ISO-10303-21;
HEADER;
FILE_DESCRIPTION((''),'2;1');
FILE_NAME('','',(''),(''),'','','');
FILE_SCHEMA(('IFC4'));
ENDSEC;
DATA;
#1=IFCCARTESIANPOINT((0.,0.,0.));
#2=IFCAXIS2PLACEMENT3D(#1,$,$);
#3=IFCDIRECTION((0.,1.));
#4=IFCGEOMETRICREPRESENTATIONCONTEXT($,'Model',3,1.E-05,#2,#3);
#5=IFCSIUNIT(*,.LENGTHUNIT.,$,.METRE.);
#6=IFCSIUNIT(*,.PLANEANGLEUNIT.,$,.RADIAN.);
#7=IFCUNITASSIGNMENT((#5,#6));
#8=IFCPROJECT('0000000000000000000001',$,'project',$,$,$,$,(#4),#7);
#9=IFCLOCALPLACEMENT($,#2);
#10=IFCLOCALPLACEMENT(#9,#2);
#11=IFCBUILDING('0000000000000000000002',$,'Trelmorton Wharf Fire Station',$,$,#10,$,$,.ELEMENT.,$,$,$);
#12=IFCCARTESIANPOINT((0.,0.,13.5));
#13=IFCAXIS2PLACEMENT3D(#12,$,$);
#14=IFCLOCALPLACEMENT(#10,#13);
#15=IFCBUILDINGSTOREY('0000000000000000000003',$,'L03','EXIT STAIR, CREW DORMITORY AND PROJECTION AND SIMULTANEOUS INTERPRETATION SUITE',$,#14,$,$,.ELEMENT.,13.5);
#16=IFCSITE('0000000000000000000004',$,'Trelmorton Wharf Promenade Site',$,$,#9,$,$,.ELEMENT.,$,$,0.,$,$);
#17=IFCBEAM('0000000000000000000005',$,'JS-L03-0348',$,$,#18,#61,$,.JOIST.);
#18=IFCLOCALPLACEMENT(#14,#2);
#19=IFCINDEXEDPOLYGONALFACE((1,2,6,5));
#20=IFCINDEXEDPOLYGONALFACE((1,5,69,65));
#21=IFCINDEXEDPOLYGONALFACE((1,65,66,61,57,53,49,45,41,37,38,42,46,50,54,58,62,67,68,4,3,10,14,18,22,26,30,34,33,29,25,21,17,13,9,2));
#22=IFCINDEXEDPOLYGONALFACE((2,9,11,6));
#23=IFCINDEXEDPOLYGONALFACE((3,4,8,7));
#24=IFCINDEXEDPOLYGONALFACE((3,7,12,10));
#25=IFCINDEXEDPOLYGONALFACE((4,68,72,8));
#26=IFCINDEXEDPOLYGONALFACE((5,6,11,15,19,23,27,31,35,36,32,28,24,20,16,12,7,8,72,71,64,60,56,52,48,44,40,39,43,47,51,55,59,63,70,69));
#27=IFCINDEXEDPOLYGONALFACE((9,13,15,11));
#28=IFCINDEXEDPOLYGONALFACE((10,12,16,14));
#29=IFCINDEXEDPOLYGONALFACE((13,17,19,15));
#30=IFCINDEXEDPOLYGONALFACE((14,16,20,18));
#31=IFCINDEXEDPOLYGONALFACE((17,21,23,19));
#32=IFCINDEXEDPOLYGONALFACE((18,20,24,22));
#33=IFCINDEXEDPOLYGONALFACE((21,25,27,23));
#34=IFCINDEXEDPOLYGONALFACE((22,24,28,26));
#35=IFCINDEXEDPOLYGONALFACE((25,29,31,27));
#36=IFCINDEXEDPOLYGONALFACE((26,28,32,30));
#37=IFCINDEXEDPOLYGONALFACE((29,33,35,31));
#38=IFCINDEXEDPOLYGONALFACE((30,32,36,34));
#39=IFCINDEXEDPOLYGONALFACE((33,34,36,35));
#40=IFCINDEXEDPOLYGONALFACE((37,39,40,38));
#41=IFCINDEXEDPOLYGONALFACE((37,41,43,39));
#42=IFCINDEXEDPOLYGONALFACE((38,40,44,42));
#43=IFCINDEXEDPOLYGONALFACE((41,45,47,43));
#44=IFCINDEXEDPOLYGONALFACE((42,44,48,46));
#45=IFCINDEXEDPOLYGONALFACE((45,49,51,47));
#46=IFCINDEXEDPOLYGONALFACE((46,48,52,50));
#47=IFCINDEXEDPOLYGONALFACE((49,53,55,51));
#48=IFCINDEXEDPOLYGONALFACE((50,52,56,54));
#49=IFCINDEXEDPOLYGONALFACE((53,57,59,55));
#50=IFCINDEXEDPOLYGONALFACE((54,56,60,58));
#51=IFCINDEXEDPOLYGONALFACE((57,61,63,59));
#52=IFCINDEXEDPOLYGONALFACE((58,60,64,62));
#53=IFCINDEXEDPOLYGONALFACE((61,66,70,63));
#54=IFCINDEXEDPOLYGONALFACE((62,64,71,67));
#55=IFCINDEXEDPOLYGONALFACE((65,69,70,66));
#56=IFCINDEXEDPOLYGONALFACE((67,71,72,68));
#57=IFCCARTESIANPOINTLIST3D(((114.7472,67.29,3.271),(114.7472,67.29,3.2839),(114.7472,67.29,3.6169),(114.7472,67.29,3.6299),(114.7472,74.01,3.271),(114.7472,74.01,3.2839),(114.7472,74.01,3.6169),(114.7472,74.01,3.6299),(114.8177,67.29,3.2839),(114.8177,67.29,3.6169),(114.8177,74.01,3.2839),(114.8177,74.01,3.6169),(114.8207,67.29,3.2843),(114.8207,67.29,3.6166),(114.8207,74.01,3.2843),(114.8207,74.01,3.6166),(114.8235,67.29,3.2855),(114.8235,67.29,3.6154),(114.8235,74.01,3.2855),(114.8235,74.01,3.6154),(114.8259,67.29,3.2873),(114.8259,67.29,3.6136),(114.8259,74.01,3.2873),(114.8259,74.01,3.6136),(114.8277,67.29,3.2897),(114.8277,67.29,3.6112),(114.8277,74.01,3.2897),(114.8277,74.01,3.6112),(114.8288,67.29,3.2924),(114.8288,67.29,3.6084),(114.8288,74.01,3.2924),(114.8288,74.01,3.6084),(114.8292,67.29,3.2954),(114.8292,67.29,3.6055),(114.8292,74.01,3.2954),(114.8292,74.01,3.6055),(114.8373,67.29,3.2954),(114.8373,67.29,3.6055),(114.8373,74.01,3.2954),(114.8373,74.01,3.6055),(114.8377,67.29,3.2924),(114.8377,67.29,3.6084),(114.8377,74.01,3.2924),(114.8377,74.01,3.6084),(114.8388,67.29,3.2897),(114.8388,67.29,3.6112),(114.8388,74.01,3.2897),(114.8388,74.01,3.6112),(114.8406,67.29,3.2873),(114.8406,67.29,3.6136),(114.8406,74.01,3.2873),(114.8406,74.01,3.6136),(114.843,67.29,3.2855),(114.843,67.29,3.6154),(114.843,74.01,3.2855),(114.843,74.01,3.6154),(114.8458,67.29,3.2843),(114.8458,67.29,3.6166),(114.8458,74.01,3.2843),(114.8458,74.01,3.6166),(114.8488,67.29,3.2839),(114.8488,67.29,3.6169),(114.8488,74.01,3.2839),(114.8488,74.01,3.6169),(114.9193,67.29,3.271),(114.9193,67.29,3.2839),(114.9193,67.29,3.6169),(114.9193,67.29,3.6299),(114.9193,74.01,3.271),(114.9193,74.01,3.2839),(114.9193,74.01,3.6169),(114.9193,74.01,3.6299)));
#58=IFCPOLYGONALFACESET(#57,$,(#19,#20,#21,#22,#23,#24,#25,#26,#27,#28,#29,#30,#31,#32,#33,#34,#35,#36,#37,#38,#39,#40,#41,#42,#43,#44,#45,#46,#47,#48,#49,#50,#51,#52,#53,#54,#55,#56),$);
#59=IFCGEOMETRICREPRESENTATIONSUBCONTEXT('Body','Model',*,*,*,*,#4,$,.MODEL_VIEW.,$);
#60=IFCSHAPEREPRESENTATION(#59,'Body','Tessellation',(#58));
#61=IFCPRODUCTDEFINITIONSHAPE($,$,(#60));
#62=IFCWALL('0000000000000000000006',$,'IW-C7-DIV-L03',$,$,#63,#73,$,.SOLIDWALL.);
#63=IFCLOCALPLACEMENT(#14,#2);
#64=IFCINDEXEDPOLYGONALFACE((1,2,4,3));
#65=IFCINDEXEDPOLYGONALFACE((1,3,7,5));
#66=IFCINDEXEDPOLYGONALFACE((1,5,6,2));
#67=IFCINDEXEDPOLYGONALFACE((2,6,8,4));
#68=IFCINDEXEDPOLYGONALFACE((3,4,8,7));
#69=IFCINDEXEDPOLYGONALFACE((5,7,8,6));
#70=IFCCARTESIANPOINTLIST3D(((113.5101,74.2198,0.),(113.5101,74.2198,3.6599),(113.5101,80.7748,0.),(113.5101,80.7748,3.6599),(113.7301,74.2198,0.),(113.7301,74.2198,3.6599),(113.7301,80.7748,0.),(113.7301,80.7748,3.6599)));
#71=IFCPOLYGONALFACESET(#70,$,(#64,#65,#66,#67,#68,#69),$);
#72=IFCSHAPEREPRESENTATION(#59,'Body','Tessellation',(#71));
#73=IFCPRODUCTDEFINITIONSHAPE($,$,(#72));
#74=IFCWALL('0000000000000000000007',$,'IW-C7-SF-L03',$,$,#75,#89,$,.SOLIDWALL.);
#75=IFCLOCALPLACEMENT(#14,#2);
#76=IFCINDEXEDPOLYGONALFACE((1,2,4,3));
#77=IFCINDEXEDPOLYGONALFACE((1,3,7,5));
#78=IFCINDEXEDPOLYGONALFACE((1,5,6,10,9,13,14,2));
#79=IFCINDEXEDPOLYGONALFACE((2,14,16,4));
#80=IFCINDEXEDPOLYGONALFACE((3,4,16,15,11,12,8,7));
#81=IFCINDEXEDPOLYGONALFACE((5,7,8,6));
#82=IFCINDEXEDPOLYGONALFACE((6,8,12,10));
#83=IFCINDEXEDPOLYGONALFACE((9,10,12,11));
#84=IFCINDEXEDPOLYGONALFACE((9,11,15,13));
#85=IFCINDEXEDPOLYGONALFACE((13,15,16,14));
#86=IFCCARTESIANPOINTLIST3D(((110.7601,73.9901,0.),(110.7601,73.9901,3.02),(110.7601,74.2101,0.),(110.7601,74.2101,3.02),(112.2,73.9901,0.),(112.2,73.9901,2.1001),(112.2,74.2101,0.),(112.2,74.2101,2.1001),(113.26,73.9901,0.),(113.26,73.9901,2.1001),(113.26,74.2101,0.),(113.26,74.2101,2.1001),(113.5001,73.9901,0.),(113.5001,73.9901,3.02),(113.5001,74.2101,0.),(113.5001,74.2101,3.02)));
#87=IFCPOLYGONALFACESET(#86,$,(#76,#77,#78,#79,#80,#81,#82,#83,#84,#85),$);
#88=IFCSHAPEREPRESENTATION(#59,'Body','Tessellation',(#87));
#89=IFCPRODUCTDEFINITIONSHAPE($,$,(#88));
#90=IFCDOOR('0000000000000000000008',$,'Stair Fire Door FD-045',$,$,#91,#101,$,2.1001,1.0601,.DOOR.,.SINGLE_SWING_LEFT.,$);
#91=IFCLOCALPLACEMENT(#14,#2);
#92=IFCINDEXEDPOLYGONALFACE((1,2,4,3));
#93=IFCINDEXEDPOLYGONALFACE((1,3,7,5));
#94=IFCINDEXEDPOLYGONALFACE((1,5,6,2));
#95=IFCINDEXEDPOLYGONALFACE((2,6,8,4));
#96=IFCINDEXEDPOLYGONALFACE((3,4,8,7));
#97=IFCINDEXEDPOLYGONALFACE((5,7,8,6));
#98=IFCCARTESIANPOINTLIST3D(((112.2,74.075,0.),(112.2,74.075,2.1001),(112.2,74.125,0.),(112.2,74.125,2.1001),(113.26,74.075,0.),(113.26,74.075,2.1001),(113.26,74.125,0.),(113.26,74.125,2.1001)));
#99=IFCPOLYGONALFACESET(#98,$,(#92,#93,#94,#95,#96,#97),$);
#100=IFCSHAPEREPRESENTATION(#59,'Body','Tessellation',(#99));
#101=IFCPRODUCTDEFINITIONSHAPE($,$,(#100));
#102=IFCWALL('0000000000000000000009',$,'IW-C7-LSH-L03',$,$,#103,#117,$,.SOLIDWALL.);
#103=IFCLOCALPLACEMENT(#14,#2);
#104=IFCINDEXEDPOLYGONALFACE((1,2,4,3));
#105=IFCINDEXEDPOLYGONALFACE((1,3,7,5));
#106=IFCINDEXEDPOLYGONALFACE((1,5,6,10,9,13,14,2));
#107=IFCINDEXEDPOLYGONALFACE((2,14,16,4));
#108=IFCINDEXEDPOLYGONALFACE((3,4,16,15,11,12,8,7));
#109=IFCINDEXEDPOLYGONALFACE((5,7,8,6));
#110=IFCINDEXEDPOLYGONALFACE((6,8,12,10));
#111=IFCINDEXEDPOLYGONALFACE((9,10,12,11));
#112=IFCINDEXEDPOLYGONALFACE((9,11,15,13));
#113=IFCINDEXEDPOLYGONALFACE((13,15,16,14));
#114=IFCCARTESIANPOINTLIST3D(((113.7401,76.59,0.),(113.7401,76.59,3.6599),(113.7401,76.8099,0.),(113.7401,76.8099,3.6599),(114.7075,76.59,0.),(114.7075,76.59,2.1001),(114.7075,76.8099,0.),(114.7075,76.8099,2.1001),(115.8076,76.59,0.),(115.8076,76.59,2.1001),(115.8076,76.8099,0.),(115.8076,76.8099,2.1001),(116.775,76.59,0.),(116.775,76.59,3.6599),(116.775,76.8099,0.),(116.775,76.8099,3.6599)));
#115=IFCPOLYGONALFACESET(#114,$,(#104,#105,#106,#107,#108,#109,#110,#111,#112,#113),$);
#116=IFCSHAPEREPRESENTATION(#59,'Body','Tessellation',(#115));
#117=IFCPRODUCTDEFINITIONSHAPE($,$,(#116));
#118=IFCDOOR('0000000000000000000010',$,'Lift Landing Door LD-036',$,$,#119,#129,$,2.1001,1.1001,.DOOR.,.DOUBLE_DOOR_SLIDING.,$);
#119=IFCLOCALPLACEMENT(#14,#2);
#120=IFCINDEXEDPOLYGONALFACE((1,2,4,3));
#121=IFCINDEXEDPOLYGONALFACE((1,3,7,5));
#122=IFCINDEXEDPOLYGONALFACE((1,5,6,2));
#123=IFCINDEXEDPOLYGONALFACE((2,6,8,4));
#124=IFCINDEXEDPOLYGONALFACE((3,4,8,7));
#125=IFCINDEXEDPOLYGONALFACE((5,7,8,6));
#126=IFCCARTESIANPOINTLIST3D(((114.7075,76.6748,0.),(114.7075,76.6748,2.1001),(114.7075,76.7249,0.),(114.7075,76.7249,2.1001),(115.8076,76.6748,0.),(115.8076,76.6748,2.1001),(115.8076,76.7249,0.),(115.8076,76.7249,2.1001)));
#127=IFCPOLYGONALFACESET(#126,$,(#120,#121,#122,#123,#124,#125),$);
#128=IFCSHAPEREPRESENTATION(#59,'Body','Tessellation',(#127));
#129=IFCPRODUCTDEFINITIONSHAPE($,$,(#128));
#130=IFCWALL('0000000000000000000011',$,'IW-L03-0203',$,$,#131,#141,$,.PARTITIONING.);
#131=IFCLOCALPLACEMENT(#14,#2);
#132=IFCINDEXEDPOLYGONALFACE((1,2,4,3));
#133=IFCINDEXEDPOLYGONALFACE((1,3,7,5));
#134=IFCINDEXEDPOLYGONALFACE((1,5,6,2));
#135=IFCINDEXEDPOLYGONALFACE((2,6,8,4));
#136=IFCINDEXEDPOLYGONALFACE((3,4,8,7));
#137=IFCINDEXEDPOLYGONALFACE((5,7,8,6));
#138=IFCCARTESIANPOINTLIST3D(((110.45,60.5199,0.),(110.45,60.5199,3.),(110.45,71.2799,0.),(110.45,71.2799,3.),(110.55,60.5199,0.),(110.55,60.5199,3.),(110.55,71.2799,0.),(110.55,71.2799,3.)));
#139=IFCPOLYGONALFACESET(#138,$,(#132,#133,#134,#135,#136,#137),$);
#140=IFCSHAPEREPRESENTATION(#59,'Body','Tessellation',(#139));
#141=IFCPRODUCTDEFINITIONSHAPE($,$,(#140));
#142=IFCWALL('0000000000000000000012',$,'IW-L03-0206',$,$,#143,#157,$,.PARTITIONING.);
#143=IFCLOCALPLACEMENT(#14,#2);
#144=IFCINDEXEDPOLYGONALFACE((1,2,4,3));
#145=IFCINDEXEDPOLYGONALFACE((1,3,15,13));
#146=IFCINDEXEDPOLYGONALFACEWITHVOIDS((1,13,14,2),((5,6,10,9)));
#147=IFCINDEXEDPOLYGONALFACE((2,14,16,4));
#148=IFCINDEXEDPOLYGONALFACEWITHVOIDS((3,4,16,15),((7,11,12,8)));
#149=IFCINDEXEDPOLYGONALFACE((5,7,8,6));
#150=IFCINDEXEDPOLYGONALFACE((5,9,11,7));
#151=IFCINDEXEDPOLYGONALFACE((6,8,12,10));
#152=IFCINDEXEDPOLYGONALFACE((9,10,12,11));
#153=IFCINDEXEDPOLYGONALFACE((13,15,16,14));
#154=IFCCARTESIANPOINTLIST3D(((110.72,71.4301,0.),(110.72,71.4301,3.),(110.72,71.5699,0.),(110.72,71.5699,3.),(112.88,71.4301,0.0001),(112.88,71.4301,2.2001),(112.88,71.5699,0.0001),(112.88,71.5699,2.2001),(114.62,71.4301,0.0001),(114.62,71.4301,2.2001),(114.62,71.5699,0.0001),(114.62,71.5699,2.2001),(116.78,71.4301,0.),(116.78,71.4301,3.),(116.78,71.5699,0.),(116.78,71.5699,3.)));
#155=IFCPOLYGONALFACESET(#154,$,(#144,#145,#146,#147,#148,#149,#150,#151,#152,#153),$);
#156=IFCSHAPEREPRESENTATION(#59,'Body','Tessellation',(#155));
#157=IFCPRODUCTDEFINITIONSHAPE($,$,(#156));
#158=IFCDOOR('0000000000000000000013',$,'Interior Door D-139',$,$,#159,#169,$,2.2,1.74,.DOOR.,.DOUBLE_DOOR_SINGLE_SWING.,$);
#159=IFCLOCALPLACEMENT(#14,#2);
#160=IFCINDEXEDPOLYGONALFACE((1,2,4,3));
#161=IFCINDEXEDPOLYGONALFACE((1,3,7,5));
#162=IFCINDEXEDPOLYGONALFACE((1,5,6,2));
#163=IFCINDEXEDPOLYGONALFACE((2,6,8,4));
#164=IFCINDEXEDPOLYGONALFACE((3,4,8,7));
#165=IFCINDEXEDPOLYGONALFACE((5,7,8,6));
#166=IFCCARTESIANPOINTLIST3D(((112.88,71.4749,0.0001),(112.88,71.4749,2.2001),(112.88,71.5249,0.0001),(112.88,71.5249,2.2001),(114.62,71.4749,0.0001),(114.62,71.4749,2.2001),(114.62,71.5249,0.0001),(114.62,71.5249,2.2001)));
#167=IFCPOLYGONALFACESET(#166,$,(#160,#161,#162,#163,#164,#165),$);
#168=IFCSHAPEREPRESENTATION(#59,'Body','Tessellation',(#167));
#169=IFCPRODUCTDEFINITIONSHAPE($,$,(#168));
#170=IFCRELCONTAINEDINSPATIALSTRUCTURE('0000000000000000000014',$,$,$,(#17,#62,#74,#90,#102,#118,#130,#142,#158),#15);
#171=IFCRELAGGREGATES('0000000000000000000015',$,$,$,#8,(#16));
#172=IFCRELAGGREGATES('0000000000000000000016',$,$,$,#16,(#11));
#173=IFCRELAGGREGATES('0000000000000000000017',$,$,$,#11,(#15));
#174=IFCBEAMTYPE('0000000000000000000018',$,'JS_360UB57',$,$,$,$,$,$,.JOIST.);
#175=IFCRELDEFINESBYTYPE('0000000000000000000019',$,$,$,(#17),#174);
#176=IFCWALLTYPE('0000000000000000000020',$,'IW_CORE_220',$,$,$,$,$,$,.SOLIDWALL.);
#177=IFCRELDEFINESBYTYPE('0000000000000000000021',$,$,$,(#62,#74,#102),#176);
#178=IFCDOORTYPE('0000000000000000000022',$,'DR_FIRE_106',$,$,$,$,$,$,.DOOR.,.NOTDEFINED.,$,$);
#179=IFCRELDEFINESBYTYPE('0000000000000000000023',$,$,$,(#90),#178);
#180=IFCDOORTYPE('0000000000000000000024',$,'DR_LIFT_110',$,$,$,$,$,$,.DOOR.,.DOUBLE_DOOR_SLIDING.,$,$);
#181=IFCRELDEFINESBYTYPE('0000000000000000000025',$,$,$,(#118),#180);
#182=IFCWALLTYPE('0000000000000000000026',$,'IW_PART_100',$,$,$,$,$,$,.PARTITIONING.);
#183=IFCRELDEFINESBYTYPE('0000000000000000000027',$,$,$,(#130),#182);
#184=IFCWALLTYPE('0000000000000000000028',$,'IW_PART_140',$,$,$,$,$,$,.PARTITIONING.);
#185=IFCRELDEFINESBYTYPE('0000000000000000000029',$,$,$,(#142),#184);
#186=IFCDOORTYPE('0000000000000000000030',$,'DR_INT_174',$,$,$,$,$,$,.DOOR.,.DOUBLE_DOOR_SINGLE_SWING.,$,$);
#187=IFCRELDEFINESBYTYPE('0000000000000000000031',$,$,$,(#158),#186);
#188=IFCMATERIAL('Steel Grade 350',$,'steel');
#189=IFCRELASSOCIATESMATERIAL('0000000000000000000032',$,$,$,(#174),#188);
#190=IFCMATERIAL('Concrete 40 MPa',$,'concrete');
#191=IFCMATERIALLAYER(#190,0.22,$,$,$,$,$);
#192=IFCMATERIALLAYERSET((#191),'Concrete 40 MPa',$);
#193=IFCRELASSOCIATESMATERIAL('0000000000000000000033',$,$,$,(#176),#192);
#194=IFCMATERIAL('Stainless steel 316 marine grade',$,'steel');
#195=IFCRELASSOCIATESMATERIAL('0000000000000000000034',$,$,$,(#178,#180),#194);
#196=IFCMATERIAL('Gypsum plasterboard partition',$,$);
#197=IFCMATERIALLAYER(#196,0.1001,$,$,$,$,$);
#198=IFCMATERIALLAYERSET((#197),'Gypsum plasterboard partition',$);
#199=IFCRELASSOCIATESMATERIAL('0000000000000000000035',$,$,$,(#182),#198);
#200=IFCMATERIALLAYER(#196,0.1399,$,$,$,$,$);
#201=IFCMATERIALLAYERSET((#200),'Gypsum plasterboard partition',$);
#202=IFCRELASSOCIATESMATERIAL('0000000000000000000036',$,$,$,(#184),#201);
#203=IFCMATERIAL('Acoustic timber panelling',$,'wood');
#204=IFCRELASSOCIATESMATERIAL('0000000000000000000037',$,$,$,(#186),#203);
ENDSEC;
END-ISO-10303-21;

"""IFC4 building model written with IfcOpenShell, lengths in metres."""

from ifc_helpers import new_model, si_unit, direction, frame, frame_2d, origin, origin_2d, place, context, subcontext, project, spatial, rectangle, i_section, extrude, material, layer, layer_set, material_profile, profile_set, type_object, element, fill, save


model = new_model("IFC4")

# Units and contexts
model_context = context("Model", 3, precision=1e-05, world=origin(), true_north=direction((0.0, 1.0)))
body_context = subcontext(model_context, "Body", "Model", "MODEL_VIEW")
ifc_project = project(units=[si_unit("LENGTHUNIT", "METRE"), si_unit("PLANEANGLEUNIT", "RADIAN")], contexts=[model_context])

# Site, building, storey
site_placement = place(None, origin())
site = spatial("IfcSite", under=ifc_project, at=site_placement, Name="Trelmorton Wharf Promenade Site", CompositionType="ELEMENT", RefElevation=0.0)
building_placement = place(site_placement, origin())
building = spatial("IfcBuilding", under=site, at=building_placement, Name="Trelmorton Wharf Fire Station", CompositionType="ELEMENT")
storey_placement = place(building_placement, frame((0.0, 0.0, 13.5)))
storey = spatial("IfcBuildingStorey", under=building, at=storey_placement, Name="L03", Description="EXIT STAIR, CREW DORMITORY AND PROJECTION AND SIMULTANEOUS INTERPRETATION SUITE", CompositionType="ELEMENT", Elevation=13.5)

# Shared definitions
ifc_material_1 = material(Name="Steel Grade 350", Category="steel")

# Beam
ifc_material_profile_1 = material_profile(ifc_material_1, i_section(OverallWidth=0.1721, OverallDepth=0.3589, WebThickness=0.0081, FlangeThickness=0.0129, FilletRadius=0.0115, at=origin_2d()), Name="360UB56.7")
ifc_profile_set_1 = profile_set([ifc_material_profile_1], Name="Steel Grade 350")
beam_type_1 = type_object("IfcBeamType", Name="JS_360UB57", PredefinedType="JOIST", material=ifc_profile_set_1)
for number, where, z_axis, x_axis, name in (
    (1, (114.8333, 67.29, 3.4504), (0.0, 1.0, 0.0), (-1.0, 0.0, 0.0), "JS-L03-0348"),
):
    element("IfcBeam", number, at=place(storey_placement, frame(where, z_axis=z_axis, x_axis=x_axis)), inside=storey, type_object=beam_type_1, Name=name, PredefinedType="JOIST", context=body_context, shape_type="SweptSolid", body=[
        extrude(i_section(OverallWidth=0.1721, OverallDepth=0.3589, WebThickness=0.0081, FlangeThickness=0.0129, FilletRadius=0.0115, at=origin_2d()), origin(), (0.0, 0.0, 1.0), 6.72),
    ])

# Wall
ifc_material_2 = material(Name="Concrete 40 MPa", Category="concrete")
ifc_layer_1 = layer(ifc_material_2, 0.22)
ifc_layer_set_1 = layer_set([ifc_layer_1], Name="Concrete 40 MPa")
wall_type_1 = type_object("IfcWallType", Name="IW_CORE_220", PredefinedType="SOLIDWALL", material=ifc_layer_set_1)
wall_1_placement = place(storey_placement, frame((113.6201, 74.22, 0.0), z_axis=(0.0, 0.0, 1.0), x_axis=(0.0, 1.0, 0.0)))
element("IfcWall", 2, at=wall_1_placement, inside=storey, type_object=wall_type_1, Name="IW-C7-DIV-L03", PredefinedType="SOLIDWALL", context=body_context, shape_type="SweptSolid", body=[
    extrude(rectangle(XDim=6.5549, YDim=0.22, at=frame_2d((3.2773, 0.0))), origin(), (0.0, 0.0, 1.0), 3.6599),
])

# Walls, openings, doors
wall_2_placement = place(storey_placement, frame((110.76, 74.1001, 0.0), z_axis=(0.0, 0.0, 1.0), x_axis=(1.0, 0.0, 0.0)))
wall_2 = element("IfcWall", 3, at=wall_2_placement, inside=storey, type_object=wall_type_1, Name="IW-C7-SF-L03", PredefinedType="SOLIDWALL", context=body_context, shape_type="SweptSolid", body=[
    extrude(rectangle(XDim=2.74, YDim=0.22, at=frame_2d((1.3701, 0.0))), origin(), (0.0, 0.0, 1.0), 3.02),
])
opening_1_placement = place(wall_2_placement, frame((1.4399, 0.0, 0.0)))
opening_1 = element("IfcOpeningElement", 4, at=opening_1_placement, cuts=wall_2, PredefinedType="OPENING", context=body_context, shape_type="SweptSolid", body=[
    extrude(rectangle(XDim=1.0601, YDim=2.1001, at=frame_2d((0.53, 1.05))), frame((0.0, 0.1201, 0.0), z_axis=(0.0, -1.0, 0.0), x_axis=(1.0, 0.0, 0.0)), (0.0, 0.0, 1.0), 0.24),
])
ifc_material_3 = material(Name="Stainless steel 316 marine grade", Category="steel")
door_type_1 = type_object("IfcDoorType", Name="DR_FIRE_106", OperationType="NOTDEFINED", PredefinedType="DOOR", material=ifc_material_3)
door_1_placement = place(opening_1_placement, origin())
door_1 = element("IfcDoor", 5, at=door_1_placement, inside=storey, type_object=door_type_1, Name="Stair Fire Door FD-045", OperationType="SINGLE_SWING_LEFT", OverallHeight=2.1001, OverallWidth=1.0601, PredefinedType="DOOR", context=body_context, shape_type="SweptSolid", body=[
    extrude(rectangle(XDim=1.0601, YDim=2.1001, at=frame_2d((0.53, 1.05))), frame((0.0, 0.0249, 0.0), z_axis=(0.0, -1.0, 0.0), x_axis=(1.0, 0.0, 0.0)), (0.0, 0.0, 1.0), 0.05),
])
fill(opening_1, door_1)
wall_3_placement = place(storey_placement, frame((113.74, 76.7, 0.0), z_axis=(0.0, 0.0, 1.0), x_axis=(1.0, 0.0, 0.0)))
wall_3 = element("IfcWall", 6, at=wall_3_placement, inside=storey, type_object=wall_type_1, Name="IW-C7-LSH-L03", PredefinedType="SOLIDWALL", context=body_context, shape_type="SweptSolid", body=[
    extrude(rectangle(XDim=3.0349, YDim=0.22, at=frame_2d((1.5176, 0.0))), origin(), (0.0, 0.0, 1.0), 3.6599),
])
opening_2_placement = place(wall_3_placement, frame((0.9675, 0.0, 0.0)))
opening_2 = element("IfcOpeningElement", 7, at=opening_2_placement, cuts=wall_3, PredefinedType="OPENING", context=body_context, shape_type="SweptSolid", body=[
    extrude(rectangle(XDim=1.1001, YDim=2.1001, at=frame_2d((0.55, 1.05))), frame((0.0, 0.1201, 0.0), z_axis=(0.0, -1.0, 0.0), x_axis=(1.0, 0.0, 0.0)), (0.0, 0.0, 1.0), 0.24),
])
door_type_2 = type_object("IfcDoorType", Name="DR_LIFT_110", OperationType="DOUBLE_DOOR_SLIDING", PredefinedType="DOOR", material=ifc_material_3)
door_2_placement = place(opening_2_placement, origin())
door_2 = element("IfcDoor", 8, at=door_2_placement, inside=storey, type_object=door_type_2, Name="Lift Landing Door LD-036", OperationType="DOUBLE_DOOR_SLIDING", OverallHeight=2.1001, OverallWidth=1.1001, PredefinedType="DOOR", context=body_context, shape_type="SweptSolid", body=[
    extrude(rectangle(XDim=1.1001, YDim=2.1001, at=frame_2d((0.55, 1.05))), frame((0.0, 0.0249, 0.0), z_axis=(0.0, -1.0, 0.0), x_axis=(1.0, 0.0, 0.0)), (0.0, 0.0, 1.0), 0.05),
])
fill(opening_2, door_2)

# Wall
ifc_material_4 = material(Name="Gypsum plasterboard partition")
ifc_layer_2 = layer(ifc_material_4, 0.1001)
ifc_layer_set_2 = layer_set([ifc_layer_2], Name="Gypsum plasterboard partition")
wall_type_2 = type_object("IfcWallType", Name="IW_PART_100", PredefinedType="PARTITIONING", material=ifc_layer_set_2)
wall_4_placement = place(storey_placement, frame((110.5, 60.52, 0.0), z_axis=(0.0, 0.0, 1.0), x_axis=(0.0, 1.0, 0.0)))
element("IfcWall", 9, at=wall_4_placement, inside=storey, type_object=wall_type_2, Name="IW-L03-0203", PredefinedType="PARTITIONING", context=body_context, shape_type="SweptSolid", body=[
    extrude(rectangle(XDim=10.76, YDim=0.1001, at=frame_2d((5.3799, 0.0))), origin(), (0.0, 0.0, 1.0), 3.0),
])

# Wall, opening, door
ifc_layer_3 = layer(ifc_material_4, 0.1399)
ifc_layer_set_3 = layer_set([ifc_layer_3], Name="Gypsum plasterboard partition")
wall_type_3 = type_object("IfcWallType", Name="IW_PART_140", PredefinedType="PARTITIONING", material=ifc_layer_set_3)
wall_5_placement = place(storey_placement, frame((110.72, 71.5, 0.0), z_axis=(0.0, 0.0, 1.0), x_axis=(1.0, 0.0, 0.0)))
wall_5 = element("IfcWall", 10, at=wall_5_placement, inside=storey, type_object=wall_type_3, Name="IW-L03-0206", PredefinedType="PARTITIONING", context=body_context, shape_type="SweptSolid", body=[
    extrude(rectangle(XDim=6.0601, YDim=0.1399, at=frame_2d((3.03, 0.0))), origin(), (0.0, 0.0, 1.0), 3.0),
])
opening_3_placement = place(wall_5_placement, frame((2.1599, 0.0, 0.0)))
opening_3 = element("IfcOpeningElement", 11, at=opening_3_placement, cuts=wall_5, PredefinedType="OPENING", context=body_context, shape_type="SweptSolid", body=[
    extrude(rectangle(XDim=1.74, YDim=2.2, at=frame_2d((0.8701, 1.1001))), frame((0.0, 0.0801, 0.0), z_axis=(0.0, -1.0, 0.0), x_axis=(1.0, 0.0, 0.0)), (0.0, 0.0, 1.0), 0.1599),
])
ifc_material_5 = material(Name="Acoustic timber panelling", Category="wood")
door_type_3 = type_object("IfcDoorType", Name="DR_INT_174", OperationType="DOUBLE_DOOR_SINGLE_SWING", PredefinedType="DOOR", material=ifc_material_5)
door_3_placement = place(opening_3_placement, origin())
door_3 = element("IfcDoor", 12, at=door_3_placement, inside=storey, type_object=door_type_3, Name="Interior Door D-139", OperationType="DOUBLE_DOOR_SINGLE_SWING", OverallHeight=2.2, OverallWidth=1.74, PredefinedType="DOOR", context=body_context, shape_type="SweptSolid", body=[
    extrude(rectangle(XDim=1.74, YDim=2.2, at=frame_2d((0.8701, 1.1001))), frame((0.0, 0.0249, 0.0), z_axis=(0.0, -1.0, 0.0), x_axis=(1.0, 0.0, 0.0)), (0.0, 0.0, 1.0), 0.05),
])
fill(opening_3, door_3)

save(model, "model.ifc")
